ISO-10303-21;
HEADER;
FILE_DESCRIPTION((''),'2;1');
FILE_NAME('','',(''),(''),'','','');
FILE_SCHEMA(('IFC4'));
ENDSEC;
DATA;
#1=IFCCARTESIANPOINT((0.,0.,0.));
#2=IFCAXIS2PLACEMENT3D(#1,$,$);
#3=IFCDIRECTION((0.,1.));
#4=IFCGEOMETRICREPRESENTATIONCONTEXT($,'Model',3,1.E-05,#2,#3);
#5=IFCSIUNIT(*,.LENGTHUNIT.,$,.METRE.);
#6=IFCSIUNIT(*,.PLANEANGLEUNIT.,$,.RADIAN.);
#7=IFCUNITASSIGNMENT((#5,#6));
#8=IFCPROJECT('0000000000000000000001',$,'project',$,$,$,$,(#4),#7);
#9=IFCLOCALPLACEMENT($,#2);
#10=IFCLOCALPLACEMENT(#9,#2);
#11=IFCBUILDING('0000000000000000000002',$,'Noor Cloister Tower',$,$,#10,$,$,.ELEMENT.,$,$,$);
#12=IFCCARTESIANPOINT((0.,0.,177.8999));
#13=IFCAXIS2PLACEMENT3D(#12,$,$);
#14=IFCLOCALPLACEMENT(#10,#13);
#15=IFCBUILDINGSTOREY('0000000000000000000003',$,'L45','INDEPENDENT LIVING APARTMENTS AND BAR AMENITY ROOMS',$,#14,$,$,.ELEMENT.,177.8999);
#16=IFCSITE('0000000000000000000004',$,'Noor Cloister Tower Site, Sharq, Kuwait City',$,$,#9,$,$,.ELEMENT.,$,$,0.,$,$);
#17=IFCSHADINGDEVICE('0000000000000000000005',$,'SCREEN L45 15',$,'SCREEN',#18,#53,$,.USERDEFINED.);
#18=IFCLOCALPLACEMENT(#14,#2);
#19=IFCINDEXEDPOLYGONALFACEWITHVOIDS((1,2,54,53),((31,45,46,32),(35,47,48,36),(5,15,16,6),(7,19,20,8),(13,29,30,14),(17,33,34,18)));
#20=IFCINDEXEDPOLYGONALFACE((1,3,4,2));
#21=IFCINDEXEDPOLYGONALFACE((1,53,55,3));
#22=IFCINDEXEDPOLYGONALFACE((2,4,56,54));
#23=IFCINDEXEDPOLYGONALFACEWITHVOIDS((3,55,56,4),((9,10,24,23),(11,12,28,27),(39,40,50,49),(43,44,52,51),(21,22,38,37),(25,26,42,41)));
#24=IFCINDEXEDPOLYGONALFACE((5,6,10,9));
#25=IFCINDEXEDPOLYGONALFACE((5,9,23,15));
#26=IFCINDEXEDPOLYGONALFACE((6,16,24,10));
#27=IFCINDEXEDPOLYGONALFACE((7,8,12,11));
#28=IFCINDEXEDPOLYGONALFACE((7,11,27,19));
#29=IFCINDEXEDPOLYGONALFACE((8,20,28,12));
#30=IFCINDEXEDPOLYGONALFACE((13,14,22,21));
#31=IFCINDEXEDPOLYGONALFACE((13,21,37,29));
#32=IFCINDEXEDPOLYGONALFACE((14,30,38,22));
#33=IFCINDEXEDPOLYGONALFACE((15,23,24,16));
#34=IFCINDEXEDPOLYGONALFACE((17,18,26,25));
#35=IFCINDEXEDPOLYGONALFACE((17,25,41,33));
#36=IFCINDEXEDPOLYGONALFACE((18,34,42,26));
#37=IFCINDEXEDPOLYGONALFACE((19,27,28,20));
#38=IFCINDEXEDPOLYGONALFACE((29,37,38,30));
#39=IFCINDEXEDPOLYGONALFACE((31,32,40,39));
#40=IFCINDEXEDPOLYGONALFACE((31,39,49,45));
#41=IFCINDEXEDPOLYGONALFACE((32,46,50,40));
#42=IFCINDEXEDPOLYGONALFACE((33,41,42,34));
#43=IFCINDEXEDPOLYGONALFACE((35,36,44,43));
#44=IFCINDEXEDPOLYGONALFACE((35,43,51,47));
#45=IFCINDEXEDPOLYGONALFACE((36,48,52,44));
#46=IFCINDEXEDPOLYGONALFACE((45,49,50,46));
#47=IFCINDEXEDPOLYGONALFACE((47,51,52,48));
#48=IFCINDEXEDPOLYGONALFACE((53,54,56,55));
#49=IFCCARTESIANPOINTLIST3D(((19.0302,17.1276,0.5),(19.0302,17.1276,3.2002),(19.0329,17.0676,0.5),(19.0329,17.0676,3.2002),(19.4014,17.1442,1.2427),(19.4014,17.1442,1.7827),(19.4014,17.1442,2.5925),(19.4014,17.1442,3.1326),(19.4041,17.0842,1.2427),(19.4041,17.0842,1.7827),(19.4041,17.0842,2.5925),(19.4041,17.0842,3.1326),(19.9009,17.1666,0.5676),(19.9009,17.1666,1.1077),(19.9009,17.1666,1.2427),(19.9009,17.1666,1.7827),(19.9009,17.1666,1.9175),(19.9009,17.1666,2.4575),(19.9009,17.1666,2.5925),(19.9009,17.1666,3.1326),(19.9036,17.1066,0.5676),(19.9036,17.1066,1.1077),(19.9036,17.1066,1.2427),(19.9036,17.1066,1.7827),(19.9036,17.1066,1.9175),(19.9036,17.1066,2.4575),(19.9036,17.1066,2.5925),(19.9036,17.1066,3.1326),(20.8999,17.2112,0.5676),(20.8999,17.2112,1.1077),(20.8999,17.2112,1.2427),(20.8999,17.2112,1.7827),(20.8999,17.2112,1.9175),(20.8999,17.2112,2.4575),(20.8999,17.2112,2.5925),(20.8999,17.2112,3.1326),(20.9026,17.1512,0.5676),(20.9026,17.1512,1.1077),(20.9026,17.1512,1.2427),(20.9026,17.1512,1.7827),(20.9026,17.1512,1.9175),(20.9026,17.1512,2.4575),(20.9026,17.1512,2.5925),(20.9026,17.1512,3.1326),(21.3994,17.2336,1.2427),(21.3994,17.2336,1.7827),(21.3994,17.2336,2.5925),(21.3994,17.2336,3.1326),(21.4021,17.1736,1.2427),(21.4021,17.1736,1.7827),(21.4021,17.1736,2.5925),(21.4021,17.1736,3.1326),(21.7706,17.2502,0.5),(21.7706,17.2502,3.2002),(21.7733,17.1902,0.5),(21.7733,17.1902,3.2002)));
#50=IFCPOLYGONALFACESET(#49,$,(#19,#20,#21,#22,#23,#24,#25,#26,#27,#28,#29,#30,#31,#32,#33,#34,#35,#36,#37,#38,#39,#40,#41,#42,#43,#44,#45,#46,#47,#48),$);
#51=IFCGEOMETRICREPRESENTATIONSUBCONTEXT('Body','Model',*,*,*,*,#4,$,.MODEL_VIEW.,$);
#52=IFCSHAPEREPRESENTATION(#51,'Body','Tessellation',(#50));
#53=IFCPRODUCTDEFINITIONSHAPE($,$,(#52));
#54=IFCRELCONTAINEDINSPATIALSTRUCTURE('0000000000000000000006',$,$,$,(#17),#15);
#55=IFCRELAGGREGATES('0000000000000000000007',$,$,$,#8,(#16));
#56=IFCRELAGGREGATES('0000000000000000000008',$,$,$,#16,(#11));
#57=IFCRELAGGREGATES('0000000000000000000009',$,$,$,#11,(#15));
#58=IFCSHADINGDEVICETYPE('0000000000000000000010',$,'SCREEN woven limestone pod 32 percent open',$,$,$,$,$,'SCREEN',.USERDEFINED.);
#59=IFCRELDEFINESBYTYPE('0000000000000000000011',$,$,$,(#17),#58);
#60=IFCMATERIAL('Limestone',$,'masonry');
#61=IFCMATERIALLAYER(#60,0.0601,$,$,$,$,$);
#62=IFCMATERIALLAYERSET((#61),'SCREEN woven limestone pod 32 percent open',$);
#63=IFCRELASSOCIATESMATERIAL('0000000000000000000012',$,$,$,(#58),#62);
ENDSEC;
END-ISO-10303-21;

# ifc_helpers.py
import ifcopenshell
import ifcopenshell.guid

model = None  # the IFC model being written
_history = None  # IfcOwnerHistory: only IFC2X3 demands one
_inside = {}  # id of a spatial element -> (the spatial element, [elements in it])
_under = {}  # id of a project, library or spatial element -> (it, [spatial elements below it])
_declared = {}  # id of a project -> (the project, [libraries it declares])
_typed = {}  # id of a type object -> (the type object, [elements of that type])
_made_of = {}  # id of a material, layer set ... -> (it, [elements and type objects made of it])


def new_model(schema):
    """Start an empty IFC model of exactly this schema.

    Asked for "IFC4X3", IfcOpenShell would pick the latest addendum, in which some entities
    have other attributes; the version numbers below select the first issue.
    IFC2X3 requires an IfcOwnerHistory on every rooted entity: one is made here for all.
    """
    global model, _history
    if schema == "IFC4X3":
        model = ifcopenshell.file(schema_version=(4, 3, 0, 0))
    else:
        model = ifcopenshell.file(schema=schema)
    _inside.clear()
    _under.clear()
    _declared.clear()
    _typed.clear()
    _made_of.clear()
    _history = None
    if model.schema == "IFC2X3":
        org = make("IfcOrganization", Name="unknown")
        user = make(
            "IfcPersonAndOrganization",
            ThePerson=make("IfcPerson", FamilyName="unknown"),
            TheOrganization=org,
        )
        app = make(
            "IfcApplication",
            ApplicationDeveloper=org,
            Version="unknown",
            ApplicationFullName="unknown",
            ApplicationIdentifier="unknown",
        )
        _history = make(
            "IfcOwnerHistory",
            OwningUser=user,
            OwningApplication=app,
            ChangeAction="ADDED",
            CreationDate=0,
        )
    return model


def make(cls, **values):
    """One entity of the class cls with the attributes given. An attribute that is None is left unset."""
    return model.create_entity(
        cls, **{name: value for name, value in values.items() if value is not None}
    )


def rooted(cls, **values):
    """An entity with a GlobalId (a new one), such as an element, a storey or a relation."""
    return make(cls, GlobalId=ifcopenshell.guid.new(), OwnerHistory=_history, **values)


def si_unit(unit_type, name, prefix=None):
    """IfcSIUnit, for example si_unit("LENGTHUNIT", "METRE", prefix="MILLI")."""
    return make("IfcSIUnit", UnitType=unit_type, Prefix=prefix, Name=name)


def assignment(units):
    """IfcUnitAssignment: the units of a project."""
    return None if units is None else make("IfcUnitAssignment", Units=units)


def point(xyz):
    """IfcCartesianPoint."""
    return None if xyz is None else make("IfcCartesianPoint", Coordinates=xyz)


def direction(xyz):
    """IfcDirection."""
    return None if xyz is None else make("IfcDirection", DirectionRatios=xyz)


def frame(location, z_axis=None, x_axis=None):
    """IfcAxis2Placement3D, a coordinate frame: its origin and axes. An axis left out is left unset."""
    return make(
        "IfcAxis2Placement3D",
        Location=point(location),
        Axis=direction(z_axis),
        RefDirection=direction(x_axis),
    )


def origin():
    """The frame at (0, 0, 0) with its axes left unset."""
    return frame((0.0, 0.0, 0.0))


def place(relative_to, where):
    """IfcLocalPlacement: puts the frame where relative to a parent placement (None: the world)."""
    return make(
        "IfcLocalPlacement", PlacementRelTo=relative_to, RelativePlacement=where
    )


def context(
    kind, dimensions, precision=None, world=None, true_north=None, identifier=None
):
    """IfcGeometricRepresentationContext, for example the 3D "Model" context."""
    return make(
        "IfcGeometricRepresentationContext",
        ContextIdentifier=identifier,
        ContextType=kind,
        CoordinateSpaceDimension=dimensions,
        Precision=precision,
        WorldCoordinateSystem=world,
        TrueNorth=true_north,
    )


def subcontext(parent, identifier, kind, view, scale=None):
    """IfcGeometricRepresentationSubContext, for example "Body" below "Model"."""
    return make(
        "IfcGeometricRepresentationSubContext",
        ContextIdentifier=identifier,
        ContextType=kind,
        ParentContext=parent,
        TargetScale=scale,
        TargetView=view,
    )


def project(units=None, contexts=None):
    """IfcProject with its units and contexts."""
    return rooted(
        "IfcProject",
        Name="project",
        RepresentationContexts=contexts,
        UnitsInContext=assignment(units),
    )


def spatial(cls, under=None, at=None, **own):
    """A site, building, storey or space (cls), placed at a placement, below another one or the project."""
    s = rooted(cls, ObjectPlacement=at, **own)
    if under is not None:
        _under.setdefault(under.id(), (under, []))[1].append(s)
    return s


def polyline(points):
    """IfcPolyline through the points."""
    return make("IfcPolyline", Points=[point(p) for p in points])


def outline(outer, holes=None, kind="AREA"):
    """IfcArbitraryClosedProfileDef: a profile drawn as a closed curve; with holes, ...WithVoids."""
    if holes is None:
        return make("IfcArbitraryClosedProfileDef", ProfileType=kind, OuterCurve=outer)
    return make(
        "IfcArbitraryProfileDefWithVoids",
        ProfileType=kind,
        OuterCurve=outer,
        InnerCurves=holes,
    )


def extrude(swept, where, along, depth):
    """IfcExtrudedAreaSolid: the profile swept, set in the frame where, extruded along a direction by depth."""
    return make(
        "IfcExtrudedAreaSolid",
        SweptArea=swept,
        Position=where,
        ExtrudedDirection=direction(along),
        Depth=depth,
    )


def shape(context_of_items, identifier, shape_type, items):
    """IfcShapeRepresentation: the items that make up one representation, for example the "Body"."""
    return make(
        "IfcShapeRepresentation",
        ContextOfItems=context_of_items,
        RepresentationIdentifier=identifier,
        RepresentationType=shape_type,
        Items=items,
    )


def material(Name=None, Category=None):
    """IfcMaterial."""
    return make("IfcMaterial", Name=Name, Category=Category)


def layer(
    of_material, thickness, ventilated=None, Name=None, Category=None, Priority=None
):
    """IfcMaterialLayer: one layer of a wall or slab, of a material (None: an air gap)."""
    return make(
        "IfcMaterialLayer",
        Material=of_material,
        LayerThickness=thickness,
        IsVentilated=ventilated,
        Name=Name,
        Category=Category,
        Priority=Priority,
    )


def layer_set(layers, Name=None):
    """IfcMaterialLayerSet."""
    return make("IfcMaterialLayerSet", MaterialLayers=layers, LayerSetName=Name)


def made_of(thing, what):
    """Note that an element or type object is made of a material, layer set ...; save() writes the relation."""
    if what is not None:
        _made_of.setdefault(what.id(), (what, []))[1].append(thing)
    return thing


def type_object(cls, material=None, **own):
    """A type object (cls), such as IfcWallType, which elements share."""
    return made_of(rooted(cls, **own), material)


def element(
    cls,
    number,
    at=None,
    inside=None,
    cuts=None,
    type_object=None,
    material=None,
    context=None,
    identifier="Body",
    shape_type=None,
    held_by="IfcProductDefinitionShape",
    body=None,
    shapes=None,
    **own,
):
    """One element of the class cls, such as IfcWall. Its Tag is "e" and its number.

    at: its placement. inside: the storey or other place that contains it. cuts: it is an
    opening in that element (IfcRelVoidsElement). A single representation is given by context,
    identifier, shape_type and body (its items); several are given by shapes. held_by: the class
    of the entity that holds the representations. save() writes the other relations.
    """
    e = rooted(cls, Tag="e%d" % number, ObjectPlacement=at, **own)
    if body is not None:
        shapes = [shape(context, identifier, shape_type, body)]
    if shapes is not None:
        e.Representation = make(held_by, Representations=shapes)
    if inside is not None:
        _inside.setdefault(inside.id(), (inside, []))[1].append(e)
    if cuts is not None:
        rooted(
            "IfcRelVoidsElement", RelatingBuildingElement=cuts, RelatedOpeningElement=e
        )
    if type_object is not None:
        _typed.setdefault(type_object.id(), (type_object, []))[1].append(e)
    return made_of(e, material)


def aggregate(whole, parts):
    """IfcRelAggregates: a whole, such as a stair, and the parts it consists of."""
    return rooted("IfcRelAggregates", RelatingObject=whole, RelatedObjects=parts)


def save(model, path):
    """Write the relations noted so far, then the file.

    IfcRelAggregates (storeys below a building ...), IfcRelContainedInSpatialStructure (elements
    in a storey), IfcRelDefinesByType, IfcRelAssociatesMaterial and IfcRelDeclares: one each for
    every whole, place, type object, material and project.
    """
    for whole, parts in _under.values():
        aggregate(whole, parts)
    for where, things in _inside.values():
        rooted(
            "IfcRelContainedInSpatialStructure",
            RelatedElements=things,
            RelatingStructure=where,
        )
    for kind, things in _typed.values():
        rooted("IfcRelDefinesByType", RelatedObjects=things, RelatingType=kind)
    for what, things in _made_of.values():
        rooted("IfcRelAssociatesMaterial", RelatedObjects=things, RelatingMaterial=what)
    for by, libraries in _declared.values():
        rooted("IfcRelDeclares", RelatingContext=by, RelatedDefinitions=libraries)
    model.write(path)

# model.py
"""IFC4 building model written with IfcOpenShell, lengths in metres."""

from ifc_helpers import new_model, si_unit, direction, frame, origin, place, context, subcontext, project, spatial, polyline, outline, extrude, material, layer, layer_set, type_object, element, save


model = new_model("IFC4")

# Units and contexts
model_context = context("Model", 3, precision=1e-05, world=origin(), true_north=direction((0.0, 1.0)))
body_context = subcontext(model_context, "Body", "Model", "MODEL_VIEW")
ifc_project = project(units=[si_unit("LENGTHUNIT", "METRE"), si_unit("PLANEANGLEUNIT", "RADIAN")], contexts=[model_context])

# Site, building, storey
site_placement = place(None, origin())
site = spatial("IfcSite", under=ifc_project, at=site_placement, Name="Noor Cloister Tower Site, Sharq, Kuwait City", CompositionType="ELEMENT", RefElevation=0.0)
building_placement = place(site_placement, origin())
building = spatial("IfcBuilding", under=site, at=building_placement, Name="Noor Cloister Tower", CompositionType="ELEMENT")
storey_placement = place(building_placement, frame((0.0, 0.0, 177.8999)))
storey = spatial("IfcBuildingStorey", under=building, at=storey_placement, Name="L45", Description="INDEPENDENT LIVING APARTMENTS AND BAR AMENITY ROOMS", CompositionType="ELEMENT", Elevation=177.8999)

# Shading device
ifc_material_1 = material(Name="Limestone", Category="masonry")
ifc_layer_1 = layer(ifc_material_1, 0.0601)
ifc_layer_set_1 = layer_set([ifc_layer_1], Name="SCREEN woven limestone pod 32 percent open")
shading_device_type = type_object("IfcShadingDeviceType", Name="SCREEN woven limestone pod 32 percent open", ElementType="SCREEN", PredefinedType="USERDEFINED", material=ifc_layer_set_1)
shading_device_1_placement = place(storey_placement, frame((20.4031, 17.1289, 1.8501), z_axis=(-0.044671, 0.999002, 0.0), x_axis=(-0.999002, -0.044671, 0.0)))
element("IfcShadingDevice", 1, at=shading_device_1_placement, inside=storey, type_object=shading_device_type, Name="SCREEN L45 15", ObjectType="SCREEN", PredefinedType="USERDEFINED", context=body_context, shape_type="SweptSolid", body=[
    extrude(outline(polyline([(-1.3716, -1.3501), (1.3716, -1.3501), (1.3716, 1.3501), (-1.3716, 1.3501), (-1.3716, -1.3501)]), holes=[polyline([(-0.5, -1.2825), (0.5, -1.2825), (0.5, -0.7424), (-0.5, -0.7424), (-0.5, -1.2825)]), polyline([(-1.0, -0.6074), (-0.5, -0.6074), (-0.5, -0.0674), (-1.0, -0.0674), (-1.0, -0.6074)]), polyline([(0.5, -0.6074), (1.0, -0.6074), (1.0, -0.0674), (0.5, -0.0674), (0.5, -0.6074)]), polyline([(-0.5, 0.0674), (0.5, 0.0674), (0.5, 0.6074), (-0.5, 0.6074), (-0.5, 0.0674)]), polyline([(-1.0, 0.7424), (-0.5, 0.7424), (-0.5, 1.2825), (-1.0, 1.2825), (-1.0, 0.7424)]), polyline([(0.5, 0.7424), (1.0, 0.7424), (1.0, 1.2825), (0.5, 1.2825), (0.5, 0.7424)])]), origin(), (0.0, 0.0, 1.0), 0.0601),
])

save(model, "model.ifc")
